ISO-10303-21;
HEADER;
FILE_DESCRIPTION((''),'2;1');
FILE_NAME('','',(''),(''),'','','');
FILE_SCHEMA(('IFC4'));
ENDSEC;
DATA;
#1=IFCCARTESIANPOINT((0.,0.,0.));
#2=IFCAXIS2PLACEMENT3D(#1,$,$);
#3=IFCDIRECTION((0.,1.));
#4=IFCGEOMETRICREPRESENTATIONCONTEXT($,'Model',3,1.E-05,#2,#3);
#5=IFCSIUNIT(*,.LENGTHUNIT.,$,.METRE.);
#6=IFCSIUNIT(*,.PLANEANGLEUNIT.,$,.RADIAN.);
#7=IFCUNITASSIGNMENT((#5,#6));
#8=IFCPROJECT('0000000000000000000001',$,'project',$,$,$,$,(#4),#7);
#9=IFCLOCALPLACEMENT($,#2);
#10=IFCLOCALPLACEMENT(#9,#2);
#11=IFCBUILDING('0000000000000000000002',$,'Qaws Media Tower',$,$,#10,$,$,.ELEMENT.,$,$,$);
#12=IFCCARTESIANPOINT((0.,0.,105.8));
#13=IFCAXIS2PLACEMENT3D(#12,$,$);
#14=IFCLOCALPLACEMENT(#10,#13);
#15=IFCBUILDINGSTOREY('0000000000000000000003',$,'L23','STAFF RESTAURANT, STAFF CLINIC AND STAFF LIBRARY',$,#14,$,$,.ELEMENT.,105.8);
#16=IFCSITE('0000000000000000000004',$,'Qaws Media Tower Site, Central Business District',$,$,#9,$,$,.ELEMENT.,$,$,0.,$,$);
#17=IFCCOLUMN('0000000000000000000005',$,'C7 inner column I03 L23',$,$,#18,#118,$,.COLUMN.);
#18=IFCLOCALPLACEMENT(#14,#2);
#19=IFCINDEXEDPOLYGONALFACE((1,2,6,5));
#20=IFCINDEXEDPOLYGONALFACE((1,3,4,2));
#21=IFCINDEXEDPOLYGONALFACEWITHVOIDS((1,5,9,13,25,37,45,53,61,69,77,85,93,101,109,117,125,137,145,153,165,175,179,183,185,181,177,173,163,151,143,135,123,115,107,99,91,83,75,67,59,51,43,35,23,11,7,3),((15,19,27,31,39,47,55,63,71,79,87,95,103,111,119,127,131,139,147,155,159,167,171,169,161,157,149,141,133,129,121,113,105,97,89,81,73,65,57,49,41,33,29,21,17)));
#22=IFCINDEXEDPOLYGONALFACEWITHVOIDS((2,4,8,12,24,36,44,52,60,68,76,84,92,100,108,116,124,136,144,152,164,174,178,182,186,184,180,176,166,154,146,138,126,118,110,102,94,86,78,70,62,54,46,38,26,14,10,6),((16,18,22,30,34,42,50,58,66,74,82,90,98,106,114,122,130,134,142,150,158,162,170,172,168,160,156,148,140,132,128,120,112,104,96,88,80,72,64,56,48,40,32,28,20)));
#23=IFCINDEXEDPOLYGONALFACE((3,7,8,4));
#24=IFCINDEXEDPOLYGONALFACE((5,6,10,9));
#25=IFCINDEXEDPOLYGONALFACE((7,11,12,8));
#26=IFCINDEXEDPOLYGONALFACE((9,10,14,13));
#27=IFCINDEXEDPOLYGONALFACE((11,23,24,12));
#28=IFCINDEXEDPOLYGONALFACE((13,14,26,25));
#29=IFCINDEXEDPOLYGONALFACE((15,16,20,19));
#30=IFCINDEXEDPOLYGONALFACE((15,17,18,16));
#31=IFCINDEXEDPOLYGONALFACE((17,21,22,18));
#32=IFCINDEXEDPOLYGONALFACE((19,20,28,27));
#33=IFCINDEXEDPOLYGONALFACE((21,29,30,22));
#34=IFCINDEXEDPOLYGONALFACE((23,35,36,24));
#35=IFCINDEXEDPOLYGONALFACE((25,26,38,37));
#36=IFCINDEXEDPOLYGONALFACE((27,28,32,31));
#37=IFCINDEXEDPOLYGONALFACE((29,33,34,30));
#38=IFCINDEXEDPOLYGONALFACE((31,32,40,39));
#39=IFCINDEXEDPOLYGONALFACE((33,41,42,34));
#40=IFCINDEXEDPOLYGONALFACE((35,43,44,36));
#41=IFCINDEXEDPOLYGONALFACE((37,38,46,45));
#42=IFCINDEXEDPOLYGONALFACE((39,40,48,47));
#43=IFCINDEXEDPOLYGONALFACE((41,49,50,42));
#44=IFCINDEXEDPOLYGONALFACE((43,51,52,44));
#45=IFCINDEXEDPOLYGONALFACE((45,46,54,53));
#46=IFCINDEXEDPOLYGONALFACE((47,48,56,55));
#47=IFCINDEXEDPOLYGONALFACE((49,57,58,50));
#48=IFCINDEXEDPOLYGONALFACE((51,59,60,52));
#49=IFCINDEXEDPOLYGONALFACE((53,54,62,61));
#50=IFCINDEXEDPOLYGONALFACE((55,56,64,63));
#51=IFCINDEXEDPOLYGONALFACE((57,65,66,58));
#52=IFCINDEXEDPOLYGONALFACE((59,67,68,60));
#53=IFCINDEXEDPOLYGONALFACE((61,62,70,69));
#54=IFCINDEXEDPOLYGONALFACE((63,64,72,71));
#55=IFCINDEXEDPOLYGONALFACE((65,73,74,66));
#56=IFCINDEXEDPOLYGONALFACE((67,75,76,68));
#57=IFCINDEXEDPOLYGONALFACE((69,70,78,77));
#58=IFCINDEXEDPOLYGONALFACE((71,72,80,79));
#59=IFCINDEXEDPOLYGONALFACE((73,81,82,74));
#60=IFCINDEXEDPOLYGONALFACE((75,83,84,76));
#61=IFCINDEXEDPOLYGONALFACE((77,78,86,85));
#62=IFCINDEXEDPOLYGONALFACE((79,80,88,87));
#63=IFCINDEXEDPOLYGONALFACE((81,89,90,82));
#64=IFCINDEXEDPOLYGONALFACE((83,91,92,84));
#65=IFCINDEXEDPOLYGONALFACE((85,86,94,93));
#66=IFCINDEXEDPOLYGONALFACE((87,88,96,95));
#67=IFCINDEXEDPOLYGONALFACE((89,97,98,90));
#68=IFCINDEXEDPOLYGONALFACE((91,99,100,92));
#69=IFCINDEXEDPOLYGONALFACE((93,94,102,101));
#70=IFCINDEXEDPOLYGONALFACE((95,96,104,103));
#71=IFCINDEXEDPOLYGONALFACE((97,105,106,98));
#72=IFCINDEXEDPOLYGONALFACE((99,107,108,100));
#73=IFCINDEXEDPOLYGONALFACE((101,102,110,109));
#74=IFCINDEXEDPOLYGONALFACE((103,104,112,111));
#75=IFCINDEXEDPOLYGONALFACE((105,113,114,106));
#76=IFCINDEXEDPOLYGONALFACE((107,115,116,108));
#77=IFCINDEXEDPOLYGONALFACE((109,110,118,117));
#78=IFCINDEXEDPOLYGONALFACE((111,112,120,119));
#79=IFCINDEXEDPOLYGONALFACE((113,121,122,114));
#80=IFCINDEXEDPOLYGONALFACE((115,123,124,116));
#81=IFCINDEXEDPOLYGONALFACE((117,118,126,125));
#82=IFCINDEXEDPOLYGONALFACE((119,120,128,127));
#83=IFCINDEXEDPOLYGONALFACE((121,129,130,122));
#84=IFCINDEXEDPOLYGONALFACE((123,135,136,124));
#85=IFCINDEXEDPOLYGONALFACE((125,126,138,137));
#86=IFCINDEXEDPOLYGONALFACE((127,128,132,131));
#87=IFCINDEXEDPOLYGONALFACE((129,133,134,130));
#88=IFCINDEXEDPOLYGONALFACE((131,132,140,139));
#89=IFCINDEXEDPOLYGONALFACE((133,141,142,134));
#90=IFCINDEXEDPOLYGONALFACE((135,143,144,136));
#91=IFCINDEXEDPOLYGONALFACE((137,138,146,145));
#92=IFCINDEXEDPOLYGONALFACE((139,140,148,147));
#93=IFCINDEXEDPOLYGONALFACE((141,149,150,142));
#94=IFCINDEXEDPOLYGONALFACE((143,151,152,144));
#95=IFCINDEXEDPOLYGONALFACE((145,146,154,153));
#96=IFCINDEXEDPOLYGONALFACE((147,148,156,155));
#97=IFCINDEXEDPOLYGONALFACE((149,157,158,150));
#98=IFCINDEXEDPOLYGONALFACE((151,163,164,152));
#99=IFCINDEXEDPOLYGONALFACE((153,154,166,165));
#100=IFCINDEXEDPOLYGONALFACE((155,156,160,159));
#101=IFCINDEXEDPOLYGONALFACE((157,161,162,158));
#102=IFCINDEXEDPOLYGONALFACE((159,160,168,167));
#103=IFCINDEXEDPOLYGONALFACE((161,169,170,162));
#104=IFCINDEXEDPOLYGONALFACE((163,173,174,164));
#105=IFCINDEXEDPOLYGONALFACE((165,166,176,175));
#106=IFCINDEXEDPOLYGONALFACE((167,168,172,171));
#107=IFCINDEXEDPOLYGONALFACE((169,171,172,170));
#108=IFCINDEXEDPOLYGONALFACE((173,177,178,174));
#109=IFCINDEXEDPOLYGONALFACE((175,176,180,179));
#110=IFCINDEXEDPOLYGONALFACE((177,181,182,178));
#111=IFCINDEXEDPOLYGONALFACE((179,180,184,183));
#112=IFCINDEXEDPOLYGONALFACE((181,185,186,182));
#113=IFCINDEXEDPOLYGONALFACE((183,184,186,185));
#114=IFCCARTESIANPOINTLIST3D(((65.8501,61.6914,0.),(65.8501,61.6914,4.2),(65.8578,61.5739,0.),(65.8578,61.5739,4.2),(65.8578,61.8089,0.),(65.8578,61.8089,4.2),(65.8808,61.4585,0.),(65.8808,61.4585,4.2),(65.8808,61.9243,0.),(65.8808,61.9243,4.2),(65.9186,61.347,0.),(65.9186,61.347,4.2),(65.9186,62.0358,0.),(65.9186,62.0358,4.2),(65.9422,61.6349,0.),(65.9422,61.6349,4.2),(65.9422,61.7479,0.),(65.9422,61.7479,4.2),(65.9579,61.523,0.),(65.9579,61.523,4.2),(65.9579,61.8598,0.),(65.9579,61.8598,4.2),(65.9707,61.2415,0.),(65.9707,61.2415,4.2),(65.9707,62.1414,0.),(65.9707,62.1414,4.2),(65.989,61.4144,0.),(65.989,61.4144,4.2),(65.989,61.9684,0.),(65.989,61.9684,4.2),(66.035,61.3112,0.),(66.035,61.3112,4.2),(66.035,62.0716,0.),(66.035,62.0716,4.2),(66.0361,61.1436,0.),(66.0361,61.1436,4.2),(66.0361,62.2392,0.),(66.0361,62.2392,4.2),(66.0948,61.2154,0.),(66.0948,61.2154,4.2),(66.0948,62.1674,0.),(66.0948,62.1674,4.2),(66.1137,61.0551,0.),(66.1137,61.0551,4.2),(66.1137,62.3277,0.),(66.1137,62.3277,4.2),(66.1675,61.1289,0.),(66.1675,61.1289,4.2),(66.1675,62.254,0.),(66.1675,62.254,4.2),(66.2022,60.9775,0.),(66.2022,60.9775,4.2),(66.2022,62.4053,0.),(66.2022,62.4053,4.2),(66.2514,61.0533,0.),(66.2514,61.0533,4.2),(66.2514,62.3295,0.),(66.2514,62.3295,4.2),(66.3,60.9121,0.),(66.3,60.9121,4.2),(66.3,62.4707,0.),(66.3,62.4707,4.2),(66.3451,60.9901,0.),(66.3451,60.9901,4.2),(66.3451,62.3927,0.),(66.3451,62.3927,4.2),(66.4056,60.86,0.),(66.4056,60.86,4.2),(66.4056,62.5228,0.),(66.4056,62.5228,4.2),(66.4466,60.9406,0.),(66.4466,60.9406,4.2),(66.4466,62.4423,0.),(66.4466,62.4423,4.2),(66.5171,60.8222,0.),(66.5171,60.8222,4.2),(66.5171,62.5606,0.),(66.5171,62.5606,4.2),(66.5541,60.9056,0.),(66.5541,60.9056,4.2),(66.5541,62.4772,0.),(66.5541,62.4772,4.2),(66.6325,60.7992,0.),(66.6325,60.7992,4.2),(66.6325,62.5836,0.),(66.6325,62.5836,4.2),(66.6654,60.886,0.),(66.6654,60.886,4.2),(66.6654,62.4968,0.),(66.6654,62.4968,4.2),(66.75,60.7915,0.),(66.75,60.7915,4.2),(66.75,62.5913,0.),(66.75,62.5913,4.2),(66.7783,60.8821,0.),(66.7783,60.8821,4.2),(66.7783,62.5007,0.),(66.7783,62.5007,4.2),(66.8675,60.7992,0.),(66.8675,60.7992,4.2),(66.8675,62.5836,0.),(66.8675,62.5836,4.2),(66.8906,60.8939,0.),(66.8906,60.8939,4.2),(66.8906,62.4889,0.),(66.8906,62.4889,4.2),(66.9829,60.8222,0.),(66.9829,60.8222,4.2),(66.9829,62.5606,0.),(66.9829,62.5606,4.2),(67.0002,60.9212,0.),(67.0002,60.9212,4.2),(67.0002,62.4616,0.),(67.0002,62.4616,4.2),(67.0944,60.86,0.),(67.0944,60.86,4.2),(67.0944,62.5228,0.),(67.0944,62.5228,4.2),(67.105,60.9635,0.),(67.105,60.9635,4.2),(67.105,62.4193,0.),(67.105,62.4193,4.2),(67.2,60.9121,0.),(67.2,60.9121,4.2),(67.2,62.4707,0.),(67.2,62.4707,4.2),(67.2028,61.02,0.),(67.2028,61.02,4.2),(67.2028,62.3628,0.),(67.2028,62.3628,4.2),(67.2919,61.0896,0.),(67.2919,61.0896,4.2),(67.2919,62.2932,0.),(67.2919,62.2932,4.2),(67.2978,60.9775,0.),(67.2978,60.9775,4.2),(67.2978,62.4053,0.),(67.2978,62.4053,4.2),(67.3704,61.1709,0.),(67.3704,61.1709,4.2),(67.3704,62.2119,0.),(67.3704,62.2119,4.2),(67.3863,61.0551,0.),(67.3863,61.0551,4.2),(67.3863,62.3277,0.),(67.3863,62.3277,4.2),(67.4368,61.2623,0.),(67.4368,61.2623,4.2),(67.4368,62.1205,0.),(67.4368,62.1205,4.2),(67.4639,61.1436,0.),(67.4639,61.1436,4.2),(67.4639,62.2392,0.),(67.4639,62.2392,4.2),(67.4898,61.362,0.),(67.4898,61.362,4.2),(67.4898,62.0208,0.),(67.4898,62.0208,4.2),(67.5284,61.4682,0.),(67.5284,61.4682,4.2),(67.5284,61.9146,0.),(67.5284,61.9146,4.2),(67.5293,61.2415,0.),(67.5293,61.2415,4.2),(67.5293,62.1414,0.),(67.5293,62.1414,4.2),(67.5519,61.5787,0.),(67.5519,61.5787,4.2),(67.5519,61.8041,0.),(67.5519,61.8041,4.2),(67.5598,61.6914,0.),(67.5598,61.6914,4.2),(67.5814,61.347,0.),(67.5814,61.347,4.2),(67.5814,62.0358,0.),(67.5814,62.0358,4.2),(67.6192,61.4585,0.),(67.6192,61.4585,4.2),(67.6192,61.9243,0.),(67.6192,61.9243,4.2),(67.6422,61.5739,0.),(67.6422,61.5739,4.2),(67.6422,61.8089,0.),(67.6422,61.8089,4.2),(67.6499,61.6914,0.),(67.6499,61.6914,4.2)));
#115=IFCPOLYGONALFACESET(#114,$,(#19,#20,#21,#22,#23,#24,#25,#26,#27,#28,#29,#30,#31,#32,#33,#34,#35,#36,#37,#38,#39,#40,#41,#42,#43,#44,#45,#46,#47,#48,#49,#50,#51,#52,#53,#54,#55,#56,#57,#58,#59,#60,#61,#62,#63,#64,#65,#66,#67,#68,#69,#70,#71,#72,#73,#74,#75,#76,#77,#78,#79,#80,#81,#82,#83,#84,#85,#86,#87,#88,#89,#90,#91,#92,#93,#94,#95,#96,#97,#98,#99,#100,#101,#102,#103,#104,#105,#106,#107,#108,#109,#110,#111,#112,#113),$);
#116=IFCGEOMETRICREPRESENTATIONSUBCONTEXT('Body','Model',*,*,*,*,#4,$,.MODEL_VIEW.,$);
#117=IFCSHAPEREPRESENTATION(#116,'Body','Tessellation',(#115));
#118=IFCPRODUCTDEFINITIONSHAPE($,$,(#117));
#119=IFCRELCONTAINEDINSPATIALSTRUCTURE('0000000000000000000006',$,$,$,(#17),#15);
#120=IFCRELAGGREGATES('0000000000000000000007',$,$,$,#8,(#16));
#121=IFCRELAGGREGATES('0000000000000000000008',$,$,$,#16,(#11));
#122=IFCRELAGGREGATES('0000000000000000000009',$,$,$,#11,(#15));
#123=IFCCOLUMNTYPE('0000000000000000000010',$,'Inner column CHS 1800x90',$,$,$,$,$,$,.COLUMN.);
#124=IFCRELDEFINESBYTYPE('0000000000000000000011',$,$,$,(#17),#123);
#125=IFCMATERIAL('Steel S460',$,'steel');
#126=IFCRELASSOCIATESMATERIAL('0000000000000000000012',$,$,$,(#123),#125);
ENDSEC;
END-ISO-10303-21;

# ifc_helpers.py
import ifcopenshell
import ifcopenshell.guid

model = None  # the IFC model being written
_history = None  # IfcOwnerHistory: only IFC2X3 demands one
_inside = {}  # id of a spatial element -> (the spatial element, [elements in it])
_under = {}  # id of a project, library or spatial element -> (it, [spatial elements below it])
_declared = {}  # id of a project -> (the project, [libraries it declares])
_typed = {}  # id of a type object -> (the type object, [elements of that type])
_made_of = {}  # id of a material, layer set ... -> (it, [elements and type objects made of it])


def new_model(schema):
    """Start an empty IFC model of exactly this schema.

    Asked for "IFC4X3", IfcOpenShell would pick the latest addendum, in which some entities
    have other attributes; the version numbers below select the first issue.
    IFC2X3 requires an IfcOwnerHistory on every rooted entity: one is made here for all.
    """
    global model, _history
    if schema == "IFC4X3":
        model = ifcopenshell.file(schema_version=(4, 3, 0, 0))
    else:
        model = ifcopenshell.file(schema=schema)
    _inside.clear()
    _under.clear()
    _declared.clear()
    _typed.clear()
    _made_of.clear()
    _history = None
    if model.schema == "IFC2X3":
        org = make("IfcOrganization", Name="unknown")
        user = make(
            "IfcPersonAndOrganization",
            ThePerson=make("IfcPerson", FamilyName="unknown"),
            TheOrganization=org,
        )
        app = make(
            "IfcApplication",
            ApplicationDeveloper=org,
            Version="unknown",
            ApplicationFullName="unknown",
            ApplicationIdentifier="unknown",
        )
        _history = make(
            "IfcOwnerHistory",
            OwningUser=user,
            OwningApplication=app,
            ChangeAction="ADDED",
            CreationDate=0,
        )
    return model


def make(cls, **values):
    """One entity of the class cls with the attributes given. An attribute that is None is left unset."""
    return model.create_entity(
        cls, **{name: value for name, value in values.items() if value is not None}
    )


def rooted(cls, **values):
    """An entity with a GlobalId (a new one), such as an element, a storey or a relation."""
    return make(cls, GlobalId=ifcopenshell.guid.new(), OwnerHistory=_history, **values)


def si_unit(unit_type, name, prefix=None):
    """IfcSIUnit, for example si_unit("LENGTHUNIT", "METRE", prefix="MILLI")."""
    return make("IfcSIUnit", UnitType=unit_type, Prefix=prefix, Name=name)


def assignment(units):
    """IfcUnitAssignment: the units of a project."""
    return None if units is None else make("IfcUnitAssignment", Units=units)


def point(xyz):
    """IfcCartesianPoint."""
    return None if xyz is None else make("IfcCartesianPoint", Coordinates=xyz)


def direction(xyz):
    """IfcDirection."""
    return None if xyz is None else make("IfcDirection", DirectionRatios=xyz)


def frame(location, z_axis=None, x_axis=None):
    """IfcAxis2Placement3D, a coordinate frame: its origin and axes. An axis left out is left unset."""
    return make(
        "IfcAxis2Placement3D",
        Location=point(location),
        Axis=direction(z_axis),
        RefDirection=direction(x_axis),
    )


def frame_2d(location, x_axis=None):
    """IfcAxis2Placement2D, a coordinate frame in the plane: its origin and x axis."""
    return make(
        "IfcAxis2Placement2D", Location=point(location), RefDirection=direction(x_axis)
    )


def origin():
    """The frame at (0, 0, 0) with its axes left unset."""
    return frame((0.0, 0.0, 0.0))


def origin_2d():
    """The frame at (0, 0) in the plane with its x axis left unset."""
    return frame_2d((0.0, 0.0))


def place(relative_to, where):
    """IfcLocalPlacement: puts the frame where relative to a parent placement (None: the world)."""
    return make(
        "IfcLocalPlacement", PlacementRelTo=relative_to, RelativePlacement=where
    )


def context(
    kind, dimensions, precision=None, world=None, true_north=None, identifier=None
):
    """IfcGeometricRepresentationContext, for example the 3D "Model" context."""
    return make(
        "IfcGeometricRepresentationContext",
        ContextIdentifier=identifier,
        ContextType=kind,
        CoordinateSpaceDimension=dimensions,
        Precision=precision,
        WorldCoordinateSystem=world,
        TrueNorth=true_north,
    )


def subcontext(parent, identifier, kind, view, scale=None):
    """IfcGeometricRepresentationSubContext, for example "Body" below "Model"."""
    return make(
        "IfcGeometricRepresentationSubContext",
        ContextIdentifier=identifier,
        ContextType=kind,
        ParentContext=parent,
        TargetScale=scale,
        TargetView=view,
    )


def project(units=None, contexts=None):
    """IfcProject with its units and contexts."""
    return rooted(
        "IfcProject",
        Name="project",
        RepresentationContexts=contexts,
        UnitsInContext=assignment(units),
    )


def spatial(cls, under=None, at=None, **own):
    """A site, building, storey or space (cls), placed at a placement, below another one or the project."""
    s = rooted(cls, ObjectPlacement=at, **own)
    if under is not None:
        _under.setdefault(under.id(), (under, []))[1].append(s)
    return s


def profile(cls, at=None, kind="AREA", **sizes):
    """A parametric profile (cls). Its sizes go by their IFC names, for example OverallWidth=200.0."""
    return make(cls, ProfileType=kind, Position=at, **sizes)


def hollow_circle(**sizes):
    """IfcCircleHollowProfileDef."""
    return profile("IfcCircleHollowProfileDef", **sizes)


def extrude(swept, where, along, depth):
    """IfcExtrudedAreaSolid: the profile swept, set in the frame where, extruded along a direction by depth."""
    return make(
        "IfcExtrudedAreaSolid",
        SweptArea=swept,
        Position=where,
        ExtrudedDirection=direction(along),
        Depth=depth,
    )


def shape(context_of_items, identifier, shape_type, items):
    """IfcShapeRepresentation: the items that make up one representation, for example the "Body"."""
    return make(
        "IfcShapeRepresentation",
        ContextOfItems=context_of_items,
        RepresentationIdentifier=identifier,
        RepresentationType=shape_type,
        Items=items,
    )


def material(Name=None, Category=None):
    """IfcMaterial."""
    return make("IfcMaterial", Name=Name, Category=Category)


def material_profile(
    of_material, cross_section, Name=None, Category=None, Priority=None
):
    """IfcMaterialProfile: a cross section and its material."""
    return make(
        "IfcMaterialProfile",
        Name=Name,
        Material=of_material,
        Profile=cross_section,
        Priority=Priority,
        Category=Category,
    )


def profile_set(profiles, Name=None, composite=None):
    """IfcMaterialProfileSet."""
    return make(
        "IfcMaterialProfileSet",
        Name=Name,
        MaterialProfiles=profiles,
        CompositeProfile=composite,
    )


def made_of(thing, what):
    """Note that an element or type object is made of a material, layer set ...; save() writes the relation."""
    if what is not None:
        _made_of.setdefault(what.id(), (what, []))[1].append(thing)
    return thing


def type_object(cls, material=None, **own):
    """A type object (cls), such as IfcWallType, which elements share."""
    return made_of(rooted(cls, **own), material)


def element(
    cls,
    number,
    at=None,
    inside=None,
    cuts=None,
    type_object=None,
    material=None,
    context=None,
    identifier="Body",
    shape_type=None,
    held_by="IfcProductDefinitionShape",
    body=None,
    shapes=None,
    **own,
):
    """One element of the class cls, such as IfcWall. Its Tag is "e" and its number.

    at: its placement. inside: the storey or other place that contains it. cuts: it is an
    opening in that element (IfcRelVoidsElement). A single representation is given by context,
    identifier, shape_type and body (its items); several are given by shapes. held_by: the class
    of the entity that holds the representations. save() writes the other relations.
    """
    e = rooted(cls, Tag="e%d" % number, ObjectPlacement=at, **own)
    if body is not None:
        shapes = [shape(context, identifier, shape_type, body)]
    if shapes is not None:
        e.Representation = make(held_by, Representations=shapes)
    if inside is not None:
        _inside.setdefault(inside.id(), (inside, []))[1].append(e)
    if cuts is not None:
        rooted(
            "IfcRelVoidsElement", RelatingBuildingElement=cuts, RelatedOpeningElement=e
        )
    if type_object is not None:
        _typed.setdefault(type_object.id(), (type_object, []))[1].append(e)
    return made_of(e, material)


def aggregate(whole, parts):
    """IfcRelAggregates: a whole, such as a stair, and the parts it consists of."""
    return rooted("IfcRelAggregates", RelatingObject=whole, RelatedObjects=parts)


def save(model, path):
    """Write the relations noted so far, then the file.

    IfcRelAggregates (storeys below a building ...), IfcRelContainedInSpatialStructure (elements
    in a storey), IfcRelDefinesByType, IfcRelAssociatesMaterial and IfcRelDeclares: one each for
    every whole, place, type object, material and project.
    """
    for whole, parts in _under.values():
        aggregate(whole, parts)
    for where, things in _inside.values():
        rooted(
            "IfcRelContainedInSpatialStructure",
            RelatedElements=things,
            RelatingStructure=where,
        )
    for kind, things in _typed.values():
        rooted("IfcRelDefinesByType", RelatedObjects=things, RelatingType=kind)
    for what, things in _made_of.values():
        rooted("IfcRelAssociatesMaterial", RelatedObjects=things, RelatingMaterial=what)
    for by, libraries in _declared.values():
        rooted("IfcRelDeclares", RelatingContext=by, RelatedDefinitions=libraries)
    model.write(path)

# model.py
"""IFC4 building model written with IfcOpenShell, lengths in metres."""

from ifc_helpers import new_model, si_unit, direction, frame, origin, origin_2d, place, context, subcontext, project, spatial, hollow_circle, extrude, material, material_profile, profile_set, type_object, element, save


model = new_model("IFC4")

# Units and contexts
model_context = context("Model", 3, precision=1e-05, world=origin(), true_north=direction((0.0, 1.0)))
body_context = subcontext(model_context, "Body", "Model", "MODEL_VIEW")
ifc_project = project(units=[si_unit("LENGTHUNIT", "METRE"), si_unit("PLANEANGLEUNIT", "RADIAN")], contexts=[model_context])

# Site, building, storey
site_placement = place(None, origin())
site = spatial("IfcSite", under=ifc_project, at=site_placement, Name="Qaws Media Tower Site, Central Business District", CompositionType="ELEMENT", RefElevation=0.0)
building_placement = place(site_placement, origin())
building = spatial("IfcBuilding", under=site, at=building_placement, Name="Qaws Media Tower", CompositionType="ELEMENT")
storey_placement = place(building_placement, frame((0.0, 0.0, 105.8)))
storey = spatial("IfcBuildingStorey", under=building, at=storey_placement, Name="L23", Description="STAFF RESTAURANT, STAFF CLINIC AND STAFF LIBRARY", CompositionType="ELEMENT", Elevation=105.8)

# Column
ifc_material_1 = material(Name="Steel S460", Category="steel")
ifc_material_profile_1 = material_profile(ifc_material_1, hollow_circle(Radius=0.8999, WallThickness=0.0901, at=origin_2d()), Name="CHS 1800x90")
ifc_profile_set_1 = profile_set([ifc_material_profile_1], Name="Steel S460")
column_type = type_object("IfcColumnType", Name="Inner column CHS 1800x90", PredefinedType="COLUMN", material=ifc_profile_set_1)
for number, where, z_axis, x_axis, name in (
    (1, (66.75, 61.6914, 0.0), (0.0, 0.0, 1.0), (1.0, 0.0, 0.0), "C7 inner column I03 L23"),
):
    element("IfcColumn", number, at=place(storey_placement, frame(where, z_axis=z_axis, x_axis=x_axis)), inside=storey, type_object=column_type, Name=name, PredefinedType="COLUMN", context=body_context, shape_type="SweptSolid", body=[
        extrude(hollow_circle(Radius=0.8999, WallThickness=0.0901, at=origin_2d()), origin(), (0.0, 0.0, 1.0), 4.2),
    ])

save(model, "model.ifc")
